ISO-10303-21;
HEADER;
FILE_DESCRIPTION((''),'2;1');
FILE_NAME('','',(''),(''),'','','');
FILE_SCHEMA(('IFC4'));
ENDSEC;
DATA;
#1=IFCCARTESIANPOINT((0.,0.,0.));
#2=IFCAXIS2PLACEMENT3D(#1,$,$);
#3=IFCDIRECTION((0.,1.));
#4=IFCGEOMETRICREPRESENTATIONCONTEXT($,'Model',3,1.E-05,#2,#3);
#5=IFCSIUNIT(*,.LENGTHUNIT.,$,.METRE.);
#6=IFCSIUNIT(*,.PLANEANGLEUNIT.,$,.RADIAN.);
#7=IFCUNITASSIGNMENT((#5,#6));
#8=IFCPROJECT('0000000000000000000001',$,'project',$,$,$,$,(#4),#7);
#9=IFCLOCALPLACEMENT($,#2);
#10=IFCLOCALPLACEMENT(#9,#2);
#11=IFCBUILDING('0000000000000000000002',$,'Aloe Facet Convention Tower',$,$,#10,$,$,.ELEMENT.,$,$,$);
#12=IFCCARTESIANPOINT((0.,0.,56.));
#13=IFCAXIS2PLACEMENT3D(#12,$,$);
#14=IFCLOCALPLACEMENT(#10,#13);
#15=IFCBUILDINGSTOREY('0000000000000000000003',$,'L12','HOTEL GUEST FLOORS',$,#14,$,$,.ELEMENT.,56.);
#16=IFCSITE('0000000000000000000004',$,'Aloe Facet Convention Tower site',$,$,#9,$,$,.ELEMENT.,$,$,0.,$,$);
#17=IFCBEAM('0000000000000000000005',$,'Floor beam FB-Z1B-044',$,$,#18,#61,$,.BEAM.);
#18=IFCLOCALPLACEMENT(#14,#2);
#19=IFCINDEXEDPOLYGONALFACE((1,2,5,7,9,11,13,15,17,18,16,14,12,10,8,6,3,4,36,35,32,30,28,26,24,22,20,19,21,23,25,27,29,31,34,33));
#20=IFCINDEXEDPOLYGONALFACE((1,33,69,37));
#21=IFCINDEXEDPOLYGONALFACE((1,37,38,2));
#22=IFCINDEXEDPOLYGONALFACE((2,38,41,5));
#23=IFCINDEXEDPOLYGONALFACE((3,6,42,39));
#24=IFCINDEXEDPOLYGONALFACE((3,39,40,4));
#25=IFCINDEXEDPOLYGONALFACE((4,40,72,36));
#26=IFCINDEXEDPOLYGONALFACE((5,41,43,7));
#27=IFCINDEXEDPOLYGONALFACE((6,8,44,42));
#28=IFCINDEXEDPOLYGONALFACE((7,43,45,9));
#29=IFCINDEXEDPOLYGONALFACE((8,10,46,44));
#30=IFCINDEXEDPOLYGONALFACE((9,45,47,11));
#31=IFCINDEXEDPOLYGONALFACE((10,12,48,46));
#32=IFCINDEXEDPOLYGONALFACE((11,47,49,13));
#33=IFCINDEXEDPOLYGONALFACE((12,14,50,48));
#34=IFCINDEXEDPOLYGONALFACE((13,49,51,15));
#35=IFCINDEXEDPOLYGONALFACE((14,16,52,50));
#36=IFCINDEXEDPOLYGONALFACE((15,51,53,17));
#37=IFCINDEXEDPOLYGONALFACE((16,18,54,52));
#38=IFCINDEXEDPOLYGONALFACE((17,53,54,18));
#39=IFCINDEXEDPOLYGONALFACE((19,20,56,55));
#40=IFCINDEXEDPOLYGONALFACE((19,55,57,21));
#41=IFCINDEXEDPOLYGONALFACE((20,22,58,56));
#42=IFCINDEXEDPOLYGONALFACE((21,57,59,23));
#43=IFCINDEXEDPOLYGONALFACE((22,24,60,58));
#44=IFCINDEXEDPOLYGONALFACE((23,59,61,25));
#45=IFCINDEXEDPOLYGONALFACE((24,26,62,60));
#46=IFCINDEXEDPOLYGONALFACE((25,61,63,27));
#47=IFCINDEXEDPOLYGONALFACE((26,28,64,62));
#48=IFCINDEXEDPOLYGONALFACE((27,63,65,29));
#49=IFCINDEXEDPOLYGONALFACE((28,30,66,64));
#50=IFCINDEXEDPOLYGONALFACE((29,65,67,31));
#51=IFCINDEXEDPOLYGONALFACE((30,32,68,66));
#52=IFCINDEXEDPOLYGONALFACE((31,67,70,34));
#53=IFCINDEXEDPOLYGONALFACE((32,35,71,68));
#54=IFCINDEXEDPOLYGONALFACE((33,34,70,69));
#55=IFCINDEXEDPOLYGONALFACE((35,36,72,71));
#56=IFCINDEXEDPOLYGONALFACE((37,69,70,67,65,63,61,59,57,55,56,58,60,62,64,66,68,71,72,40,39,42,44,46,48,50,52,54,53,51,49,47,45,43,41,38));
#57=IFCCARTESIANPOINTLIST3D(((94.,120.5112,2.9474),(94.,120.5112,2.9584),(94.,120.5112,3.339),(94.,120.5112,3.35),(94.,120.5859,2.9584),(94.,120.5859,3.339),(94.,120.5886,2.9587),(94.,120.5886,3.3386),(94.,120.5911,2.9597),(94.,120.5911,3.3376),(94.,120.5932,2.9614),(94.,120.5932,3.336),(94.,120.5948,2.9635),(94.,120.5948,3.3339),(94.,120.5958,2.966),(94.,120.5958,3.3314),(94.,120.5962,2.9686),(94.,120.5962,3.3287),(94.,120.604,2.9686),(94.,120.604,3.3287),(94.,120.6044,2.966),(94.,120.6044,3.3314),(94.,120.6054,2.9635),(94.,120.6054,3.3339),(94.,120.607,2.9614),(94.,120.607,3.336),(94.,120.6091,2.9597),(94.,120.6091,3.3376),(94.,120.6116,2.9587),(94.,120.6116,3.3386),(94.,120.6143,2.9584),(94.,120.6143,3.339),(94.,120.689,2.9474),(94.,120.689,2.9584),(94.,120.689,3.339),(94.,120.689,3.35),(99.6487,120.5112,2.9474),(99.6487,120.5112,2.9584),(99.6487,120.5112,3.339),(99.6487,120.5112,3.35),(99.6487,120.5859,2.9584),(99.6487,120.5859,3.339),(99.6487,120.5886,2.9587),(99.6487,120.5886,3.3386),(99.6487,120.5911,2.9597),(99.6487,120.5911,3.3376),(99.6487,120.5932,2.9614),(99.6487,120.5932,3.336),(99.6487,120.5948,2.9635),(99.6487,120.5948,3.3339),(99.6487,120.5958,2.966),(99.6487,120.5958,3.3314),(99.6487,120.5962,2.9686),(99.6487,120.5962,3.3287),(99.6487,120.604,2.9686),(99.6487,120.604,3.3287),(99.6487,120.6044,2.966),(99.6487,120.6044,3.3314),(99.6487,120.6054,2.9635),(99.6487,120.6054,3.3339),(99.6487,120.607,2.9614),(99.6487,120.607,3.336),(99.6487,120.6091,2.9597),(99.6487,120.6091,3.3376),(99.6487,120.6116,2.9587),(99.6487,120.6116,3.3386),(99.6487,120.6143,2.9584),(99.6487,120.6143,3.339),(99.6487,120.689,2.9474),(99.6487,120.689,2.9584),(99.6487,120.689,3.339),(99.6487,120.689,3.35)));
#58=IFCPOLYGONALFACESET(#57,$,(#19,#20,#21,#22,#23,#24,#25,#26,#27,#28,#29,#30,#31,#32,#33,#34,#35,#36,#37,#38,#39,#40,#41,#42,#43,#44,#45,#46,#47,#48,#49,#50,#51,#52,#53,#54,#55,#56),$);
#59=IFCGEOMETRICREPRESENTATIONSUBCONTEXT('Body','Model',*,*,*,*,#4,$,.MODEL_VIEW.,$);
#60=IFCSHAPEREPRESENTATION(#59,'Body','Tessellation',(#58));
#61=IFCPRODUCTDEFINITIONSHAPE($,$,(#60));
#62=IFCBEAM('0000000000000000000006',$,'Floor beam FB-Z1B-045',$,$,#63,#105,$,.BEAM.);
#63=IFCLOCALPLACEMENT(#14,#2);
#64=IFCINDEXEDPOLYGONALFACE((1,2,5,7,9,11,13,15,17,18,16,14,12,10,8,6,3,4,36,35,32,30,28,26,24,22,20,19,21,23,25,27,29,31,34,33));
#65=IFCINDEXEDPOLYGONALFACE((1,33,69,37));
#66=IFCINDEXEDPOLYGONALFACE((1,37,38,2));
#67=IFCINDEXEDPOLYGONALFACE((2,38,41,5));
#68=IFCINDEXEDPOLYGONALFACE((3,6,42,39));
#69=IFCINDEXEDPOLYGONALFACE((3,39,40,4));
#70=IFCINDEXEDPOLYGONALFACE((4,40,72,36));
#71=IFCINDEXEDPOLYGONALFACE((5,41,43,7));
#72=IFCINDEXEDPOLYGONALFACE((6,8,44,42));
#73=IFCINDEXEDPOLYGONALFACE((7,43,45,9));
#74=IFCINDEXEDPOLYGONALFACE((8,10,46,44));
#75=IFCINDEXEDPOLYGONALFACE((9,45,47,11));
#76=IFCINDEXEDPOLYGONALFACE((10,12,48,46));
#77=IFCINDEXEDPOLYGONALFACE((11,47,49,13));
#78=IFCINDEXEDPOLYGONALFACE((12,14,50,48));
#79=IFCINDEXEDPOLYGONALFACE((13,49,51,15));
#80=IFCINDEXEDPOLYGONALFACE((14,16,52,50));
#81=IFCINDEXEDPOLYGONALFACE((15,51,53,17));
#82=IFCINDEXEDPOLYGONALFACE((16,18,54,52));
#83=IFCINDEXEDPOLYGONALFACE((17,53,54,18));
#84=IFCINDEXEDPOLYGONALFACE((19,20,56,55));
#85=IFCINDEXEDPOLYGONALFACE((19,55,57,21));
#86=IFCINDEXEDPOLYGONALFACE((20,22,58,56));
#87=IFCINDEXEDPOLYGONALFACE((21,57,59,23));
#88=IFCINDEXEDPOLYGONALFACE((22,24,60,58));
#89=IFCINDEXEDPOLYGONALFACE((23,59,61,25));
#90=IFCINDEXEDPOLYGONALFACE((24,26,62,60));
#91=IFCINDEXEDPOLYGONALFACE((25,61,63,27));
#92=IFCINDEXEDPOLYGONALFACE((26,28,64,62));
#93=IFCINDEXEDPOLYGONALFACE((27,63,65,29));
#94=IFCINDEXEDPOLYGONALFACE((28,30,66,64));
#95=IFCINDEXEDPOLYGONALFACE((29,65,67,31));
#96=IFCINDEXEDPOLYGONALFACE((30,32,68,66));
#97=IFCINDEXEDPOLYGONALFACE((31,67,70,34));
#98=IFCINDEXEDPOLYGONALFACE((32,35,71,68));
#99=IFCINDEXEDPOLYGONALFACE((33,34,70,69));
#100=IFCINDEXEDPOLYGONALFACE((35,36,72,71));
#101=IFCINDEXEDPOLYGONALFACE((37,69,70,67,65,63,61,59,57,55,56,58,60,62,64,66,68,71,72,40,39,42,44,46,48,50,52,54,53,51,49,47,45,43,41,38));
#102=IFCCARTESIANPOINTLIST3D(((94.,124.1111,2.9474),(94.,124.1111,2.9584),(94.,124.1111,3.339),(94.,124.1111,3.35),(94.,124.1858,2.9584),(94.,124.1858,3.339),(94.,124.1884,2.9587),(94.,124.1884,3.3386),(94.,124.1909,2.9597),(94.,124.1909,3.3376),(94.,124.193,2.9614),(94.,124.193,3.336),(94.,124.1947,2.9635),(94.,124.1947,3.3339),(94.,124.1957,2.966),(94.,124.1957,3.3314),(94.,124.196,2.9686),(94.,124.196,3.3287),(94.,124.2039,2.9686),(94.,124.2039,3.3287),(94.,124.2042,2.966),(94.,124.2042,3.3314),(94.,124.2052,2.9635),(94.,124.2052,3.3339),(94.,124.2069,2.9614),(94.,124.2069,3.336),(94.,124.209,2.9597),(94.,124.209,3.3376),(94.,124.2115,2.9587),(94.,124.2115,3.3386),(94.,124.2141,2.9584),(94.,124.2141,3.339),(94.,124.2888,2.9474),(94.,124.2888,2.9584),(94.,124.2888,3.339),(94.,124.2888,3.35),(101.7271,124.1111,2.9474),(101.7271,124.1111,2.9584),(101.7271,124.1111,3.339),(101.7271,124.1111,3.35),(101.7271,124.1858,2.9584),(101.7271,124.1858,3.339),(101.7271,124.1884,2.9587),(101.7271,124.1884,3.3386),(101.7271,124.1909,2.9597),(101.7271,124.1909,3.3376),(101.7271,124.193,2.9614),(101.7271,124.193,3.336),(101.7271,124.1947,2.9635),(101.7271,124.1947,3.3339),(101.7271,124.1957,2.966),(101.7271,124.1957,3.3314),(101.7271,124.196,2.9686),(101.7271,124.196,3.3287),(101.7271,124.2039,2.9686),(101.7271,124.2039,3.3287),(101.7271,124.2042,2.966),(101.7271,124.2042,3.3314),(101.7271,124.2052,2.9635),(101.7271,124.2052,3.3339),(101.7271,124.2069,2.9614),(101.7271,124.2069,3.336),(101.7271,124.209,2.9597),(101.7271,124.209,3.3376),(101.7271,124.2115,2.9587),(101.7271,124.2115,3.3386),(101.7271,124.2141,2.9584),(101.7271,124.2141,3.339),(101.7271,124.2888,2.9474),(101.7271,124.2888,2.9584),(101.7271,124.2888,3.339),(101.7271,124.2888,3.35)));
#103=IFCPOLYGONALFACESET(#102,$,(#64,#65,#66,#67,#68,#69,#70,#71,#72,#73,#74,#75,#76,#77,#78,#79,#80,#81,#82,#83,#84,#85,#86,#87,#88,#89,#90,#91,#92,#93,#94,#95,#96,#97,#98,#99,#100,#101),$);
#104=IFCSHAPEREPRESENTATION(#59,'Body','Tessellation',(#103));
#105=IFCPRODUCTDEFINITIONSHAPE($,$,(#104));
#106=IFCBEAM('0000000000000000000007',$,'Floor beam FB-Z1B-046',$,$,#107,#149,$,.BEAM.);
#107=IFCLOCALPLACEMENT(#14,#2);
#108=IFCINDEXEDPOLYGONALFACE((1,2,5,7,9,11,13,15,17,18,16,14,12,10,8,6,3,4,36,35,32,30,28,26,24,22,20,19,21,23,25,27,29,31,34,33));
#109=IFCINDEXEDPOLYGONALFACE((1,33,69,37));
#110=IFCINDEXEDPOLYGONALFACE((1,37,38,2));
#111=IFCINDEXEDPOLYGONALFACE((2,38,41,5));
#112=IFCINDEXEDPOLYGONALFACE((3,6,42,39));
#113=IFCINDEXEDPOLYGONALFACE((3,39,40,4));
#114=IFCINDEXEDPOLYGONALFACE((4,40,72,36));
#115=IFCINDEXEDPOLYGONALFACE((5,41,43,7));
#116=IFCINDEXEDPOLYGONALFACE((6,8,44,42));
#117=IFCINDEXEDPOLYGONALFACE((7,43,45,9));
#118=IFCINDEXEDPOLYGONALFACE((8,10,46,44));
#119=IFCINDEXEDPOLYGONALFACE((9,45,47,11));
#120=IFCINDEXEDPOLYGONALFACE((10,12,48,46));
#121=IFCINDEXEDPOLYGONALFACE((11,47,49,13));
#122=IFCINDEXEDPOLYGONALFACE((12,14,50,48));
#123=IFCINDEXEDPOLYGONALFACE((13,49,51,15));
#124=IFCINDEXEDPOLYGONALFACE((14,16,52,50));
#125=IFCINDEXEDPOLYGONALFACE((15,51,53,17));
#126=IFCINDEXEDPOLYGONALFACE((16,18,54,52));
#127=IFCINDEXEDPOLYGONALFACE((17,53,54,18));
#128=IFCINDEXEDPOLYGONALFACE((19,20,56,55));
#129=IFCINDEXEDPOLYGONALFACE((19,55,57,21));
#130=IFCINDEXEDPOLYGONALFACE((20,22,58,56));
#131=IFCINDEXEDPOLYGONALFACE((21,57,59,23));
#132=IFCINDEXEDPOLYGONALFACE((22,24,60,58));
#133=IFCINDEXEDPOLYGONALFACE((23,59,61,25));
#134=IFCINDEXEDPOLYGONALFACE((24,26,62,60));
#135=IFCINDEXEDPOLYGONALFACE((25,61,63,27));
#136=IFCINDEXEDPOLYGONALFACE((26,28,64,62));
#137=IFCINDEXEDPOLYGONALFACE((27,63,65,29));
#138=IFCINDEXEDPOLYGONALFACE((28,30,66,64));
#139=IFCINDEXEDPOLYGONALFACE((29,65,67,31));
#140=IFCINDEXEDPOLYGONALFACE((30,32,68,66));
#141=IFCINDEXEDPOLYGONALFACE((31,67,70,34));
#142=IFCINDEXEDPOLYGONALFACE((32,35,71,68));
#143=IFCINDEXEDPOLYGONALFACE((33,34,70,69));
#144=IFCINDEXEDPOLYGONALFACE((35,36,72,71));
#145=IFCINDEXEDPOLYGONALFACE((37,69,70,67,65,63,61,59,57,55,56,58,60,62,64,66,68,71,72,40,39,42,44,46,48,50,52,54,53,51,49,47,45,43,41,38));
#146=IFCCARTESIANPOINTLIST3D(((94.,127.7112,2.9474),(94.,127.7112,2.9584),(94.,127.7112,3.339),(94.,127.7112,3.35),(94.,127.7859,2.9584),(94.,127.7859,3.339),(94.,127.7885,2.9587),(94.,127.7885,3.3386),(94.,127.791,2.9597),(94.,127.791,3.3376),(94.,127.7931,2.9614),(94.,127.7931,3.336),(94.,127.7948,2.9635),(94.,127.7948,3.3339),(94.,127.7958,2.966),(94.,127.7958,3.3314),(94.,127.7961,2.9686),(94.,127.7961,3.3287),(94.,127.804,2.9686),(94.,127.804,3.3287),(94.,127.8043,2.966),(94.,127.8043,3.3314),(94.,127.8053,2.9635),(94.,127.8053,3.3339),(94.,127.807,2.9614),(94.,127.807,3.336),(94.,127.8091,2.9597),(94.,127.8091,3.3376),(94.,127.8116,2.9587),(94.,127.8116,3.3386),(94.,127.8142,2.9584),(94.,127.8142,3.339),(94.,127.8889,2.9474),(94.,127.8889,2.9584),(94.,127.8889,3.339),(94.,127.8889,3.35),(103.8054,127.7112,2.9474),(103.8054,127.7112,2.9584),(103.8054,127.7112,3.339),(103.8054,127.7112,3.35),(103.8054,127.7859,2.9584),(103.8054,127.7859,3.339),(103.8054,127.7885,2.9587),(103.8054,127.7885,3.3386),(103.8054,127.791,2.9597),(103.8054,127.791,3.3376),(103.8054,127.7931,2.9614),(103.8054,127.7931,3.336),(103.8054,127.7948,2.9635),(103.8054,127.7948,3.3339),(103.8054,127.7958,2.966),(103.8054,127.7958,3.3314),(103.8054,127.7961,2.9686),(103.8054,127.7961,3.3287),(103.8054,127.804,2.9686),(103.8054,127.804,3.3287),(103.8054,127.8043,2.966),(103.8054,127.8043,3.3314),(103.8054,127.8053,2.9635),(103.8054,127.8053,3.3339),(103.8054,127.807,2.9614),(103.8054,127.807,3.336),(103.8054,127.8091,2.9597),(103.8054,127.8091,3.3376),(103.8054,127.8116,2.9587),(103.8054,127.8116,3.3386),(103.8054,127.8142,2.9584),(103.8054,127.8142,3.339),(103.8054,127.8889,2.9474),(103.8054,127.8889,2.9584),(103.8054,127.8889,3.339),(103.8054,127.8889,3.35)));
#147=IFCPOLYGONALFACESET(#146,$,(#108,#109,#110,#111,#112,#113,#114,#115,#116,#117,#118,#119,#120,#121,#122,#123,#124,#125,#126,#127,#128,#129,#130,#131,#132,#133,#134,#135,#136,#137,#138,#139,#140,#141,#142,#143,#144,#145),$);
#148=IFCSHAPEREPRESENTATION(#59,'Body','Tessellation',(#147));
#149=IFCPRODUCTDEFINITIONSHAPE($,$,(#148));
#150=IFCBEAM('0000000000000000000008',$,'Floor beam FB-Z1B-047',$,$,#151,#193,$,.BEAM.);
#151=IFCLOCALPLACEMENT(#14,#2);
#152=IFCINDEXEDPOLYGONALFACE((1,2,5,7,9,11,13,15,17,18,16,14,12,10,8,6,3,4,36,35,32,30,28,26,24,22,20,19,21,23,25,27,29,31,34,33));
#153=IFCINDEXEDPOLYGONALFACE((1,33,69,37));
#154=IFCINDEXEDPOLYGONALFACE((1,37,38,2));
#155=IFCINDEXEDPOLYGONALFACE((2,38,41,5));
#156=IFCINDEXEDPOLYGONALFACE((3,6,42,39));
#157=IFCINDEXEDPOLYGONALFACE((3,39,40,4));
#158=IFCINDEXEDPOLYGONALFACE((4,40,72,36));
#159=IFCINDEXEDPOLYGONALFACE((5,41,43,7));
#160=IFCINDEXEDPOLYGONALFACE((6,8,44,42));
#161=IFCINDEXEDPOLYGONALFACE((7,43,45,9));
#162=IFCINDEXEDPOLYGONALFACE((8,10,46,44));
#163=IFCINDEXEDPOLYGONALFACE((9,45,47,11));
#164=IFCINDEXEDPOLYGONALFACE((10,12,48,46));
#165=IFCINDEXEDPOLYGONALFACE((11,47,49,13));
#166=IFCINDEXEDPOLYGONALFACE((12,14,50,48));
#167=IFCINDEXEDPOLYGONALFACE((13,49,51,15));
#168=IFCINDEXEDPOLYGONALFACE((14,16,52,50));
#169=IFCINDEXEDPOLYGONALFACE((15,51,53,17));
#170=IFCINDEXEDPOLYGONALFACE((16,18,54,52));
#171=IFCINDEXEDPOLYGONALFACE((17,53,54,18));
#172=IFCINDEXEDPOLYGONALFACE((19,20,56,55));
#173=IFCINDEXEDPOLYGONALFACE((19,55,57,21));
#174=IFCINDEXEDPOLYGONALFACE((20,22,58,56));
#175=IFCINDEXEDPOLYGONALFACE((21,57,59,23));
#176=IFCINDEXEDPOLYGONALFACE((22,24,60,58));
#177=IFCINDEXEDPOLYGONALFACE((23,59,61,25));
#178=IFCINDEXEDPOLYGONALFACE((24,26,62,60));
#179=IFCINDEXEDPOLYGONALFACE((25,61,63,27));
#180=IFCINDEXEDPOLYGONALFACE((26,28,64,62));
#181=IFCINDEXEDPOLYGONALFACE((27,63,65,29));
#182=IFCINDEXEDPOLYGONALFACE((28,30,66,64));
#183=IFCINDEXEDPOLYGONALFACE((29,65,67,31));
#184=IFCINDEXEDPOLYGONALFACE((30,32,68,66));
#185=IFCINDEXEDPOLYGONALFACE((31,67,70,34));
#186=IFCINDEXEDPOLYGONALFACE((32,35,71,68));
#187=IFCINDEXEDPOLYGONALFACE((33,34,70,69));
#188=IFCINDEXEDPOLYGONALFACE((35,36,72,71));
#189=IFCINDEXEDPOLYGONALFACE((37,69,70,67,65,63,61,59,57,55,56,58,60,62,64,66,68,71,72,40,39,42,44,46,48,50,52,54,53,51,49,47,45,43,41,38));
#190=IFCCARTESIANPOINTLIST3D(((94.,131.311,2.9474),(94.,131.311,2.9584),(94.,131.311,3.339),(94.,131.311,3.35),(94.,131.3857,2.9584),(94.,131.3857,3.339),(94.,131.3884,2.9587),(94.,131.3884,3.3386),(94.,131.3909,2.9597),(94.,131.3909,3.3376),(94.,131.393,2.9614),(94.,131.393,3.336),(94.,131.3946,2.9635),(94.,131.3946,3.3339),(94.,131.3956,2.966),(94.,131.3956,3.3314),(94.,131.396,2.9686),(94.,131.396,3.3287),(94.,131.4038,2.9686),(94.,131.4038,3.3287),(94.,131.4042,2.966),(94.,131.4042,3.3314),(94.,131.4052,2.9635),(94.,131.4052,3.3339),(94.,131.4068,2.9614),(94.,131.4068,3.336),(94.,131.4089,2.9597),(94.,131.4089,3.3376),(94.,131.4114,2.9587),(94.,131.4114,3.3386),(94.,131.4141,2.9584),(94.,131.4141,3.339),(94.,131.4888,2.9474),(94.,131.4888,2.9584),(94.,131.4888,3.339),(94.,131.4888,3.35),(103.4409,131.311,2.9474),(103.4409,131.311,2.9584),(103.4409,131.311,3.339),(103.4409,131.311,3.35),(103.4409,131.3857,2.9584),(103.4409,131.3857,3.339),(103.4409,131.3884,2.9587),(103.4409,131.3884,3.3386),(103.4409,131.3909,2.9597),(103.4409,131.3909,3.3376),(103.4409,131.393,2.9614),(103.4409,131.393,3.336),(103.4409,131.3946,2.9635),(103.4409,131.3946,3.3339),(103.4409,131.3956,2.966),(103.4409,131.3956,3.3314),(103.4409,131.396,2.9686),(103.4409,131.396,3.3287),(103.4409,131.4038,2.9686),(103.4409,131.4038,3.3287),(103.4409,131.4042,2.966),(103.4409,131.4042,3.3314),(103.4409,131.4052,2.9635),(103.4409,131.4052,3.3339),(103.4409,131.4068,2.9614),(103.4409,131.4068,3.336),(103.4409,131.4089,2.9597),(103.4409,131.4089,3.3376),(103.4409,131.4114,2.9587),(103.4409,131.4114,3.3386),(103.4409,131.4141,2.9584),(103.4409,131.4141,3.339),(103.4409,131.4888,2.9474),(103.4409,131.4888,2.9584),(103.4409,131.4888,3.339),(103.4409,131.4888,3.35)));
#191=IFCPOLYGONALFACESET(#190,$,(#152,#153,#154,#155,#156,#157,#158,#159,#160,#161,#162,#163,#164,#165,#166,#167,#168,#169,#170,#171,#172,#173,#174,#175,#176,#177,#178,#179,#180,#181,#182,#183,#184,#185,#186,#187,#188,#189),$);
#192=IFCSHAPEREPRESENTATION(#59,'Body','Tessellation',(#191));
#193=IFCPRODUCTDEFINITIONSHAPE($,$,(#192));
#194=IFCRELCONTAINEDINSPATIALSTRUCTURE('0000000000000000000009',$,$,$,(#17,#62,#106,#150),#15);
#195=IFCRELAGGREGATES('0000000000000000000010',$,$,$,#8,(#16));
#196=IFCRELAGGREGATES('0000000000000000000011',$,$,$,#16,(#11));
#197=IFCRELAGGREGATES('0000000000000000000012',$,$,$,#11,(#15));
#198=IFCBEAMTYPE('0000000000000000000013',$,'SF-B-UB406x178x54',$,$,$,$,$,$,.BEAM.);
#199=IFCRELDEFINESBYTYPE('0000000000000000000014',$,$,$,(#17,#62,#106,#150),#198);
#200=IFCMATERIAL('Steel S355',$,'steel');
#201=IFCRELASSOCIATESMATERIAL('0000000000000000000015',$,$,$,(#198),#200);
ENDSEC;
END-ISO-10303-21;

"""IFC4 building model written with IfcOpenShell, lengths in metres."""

from ifc_helpers import new_model, si_unit, direction, frame, origin, origin_2d, place, context, subcontext, project, spatial, i_section, extrude, material, material_profile, profile_set, type_object, element, save


model = new_model("IFC4")

# Units and contexts
model_context = context("Model", 3, precision=1e-05, world=origin(), true_north=direction((0.0, 1.0)))
body_context = subcontext(model_context, "Body", "Model", "MODEL_VIEW")
ifc_project = project(units=[si_unit("LENGTHUNIT", "METRE"), si_unit("PLANEANGLEUNIT", "RADIAN")], contexts=[model_context])

# Site, building, storey
site_placement = place(None, origin())
site = spatial("IfcSite", under=ifc_project, at=site_placement, Name="Aloe Facet Convention Tower site", CompositionType="ELEMENT", RefElevation=0.0)
building_placement = place(site_placement, origin())
building = spatial("IfcBuilding", under=site, at=building_placement, Name="Aloe Facet Convention Tower", CompositionType="ELEMENT")
storey_placement = place(building_placement, frame((0.0, 0.0, 56.0)))
storey = spatial("IfcBuildingStorey", under=building, at=storey_placement, Name="L12", Description="HOTEL GUEST FLOORS", CompositionType="ELEMENT", Elevation=56.0)

# Beams
ifc_material_1 = material(Name="Steel S355", Category="steel")
ifc_material_profile = material_profile(ifc_material_1, i_section(OverallWidth=0.1777, OverallDepth=0.4026, WebThickness=0.0078, FlangeThickness=0.011, FilletRadius=0.0103, at=origin_2d()), Name="UB 406x178x54")
ifc_profile_set = profile_set([ifc_material_profile], Name="Steel S355")
beam_type = type_object("IfcBeamType", Name="SF-B-UB406x178x54", PredefinedType="BEAM", material=ifc_profile_set)
beam_1_placement = place(storey_placement, frame((94.0, 120.6001, 3.1487), z_axis=(1.0, 0.0, 0.0), x_axis=(0.0, 1.0, 0.0)))
element("IfcBeam", 1, at=beam_1_placement, inside=storey, type_object=beam_type, Name="Floor beam FB-Z1B-044", PredefinedType="BEAM", context=body_context, shape_type="SweptSolid", body=[
    extrude(i_section(OverallWidth=0.1777, OverallDepth=0.4026, WebThickness=0.0078, FlangeThickness=0.011, FilletRadius=0.0103, at=origin_2d()), origin(), (0.0, 0.0, 1.0), 5.6487),
])
beam_2_placement = place(storey_placement, frame((94.0, 124.2, 3.1487), z_axis=(1.0, 0.0, 0.0), x_axis=(0.0, 1.0, 0.0)))
element("IfcBeam", 2, at=beam_2_placement, inside=storey, type_object=beam_type, Name="Floor beam FB-Z1B-045", PredefinedType="BEAM", context=body_context, shape_type="SweptSolid", body=[
    extrude(i_section(OverallWidth=0.1777, OverallDepth=0.4026, WebThickness=0.0078, FlangeThickness=0.011, FilletRadius=0.0103, at=origin_2d()), origin(), (0.0, 0.0, 1.0), 7.7271),
])
beam_3_placement = place(storey_placement, frame((94.0, 127.8, 3.1487), z_axis=(1.0, 0.0, 0.0), x_axis=(0.0, 1.0, 0.0)))
element("IfcBeam", 3, at=beam_3_placement, inside=storey, type_object=beam_type, Name="Floor beam FB-Z1B-046", PredefinedType="BEAM", context=body_context, shape_type="SweptSolid", body=[
    extrude(i_section(OverallWidth=0.1777, OverallDepth=0.4026, WebThickness=0.0078, FlangeThickness=0.011, FilletRadius=0.0103, at=origin_2d()), origin(), (0.0, 0.0, 1.0), 9.8054),
])
beam_4_placement = place(storey_placement, frame((94.0, 131.3999, 3.1487), z_axis=(1.0, 0.0, 0.0), x_axis=(0.0, 1.0, 0.0)))
element("IfcBeam", 4, at=beam_4_placement, inside=storey, type_object=beam_type, Name="Floor beam FB-Z1B-047", PredefinedType="BEAM", context=body_context, shape_type="SweptSolid", body=[
    extrude(i_section(OverallWidth=0.1777, OverallDepth=0.4026, WebThickness=0.0078, FlangeThickness=0.011, FilletRadius=0.0103, at=origin_2d()), origin(), (0.0, 0.0, 1.0), 9.4409),
])

save(model, "model.ifc")
